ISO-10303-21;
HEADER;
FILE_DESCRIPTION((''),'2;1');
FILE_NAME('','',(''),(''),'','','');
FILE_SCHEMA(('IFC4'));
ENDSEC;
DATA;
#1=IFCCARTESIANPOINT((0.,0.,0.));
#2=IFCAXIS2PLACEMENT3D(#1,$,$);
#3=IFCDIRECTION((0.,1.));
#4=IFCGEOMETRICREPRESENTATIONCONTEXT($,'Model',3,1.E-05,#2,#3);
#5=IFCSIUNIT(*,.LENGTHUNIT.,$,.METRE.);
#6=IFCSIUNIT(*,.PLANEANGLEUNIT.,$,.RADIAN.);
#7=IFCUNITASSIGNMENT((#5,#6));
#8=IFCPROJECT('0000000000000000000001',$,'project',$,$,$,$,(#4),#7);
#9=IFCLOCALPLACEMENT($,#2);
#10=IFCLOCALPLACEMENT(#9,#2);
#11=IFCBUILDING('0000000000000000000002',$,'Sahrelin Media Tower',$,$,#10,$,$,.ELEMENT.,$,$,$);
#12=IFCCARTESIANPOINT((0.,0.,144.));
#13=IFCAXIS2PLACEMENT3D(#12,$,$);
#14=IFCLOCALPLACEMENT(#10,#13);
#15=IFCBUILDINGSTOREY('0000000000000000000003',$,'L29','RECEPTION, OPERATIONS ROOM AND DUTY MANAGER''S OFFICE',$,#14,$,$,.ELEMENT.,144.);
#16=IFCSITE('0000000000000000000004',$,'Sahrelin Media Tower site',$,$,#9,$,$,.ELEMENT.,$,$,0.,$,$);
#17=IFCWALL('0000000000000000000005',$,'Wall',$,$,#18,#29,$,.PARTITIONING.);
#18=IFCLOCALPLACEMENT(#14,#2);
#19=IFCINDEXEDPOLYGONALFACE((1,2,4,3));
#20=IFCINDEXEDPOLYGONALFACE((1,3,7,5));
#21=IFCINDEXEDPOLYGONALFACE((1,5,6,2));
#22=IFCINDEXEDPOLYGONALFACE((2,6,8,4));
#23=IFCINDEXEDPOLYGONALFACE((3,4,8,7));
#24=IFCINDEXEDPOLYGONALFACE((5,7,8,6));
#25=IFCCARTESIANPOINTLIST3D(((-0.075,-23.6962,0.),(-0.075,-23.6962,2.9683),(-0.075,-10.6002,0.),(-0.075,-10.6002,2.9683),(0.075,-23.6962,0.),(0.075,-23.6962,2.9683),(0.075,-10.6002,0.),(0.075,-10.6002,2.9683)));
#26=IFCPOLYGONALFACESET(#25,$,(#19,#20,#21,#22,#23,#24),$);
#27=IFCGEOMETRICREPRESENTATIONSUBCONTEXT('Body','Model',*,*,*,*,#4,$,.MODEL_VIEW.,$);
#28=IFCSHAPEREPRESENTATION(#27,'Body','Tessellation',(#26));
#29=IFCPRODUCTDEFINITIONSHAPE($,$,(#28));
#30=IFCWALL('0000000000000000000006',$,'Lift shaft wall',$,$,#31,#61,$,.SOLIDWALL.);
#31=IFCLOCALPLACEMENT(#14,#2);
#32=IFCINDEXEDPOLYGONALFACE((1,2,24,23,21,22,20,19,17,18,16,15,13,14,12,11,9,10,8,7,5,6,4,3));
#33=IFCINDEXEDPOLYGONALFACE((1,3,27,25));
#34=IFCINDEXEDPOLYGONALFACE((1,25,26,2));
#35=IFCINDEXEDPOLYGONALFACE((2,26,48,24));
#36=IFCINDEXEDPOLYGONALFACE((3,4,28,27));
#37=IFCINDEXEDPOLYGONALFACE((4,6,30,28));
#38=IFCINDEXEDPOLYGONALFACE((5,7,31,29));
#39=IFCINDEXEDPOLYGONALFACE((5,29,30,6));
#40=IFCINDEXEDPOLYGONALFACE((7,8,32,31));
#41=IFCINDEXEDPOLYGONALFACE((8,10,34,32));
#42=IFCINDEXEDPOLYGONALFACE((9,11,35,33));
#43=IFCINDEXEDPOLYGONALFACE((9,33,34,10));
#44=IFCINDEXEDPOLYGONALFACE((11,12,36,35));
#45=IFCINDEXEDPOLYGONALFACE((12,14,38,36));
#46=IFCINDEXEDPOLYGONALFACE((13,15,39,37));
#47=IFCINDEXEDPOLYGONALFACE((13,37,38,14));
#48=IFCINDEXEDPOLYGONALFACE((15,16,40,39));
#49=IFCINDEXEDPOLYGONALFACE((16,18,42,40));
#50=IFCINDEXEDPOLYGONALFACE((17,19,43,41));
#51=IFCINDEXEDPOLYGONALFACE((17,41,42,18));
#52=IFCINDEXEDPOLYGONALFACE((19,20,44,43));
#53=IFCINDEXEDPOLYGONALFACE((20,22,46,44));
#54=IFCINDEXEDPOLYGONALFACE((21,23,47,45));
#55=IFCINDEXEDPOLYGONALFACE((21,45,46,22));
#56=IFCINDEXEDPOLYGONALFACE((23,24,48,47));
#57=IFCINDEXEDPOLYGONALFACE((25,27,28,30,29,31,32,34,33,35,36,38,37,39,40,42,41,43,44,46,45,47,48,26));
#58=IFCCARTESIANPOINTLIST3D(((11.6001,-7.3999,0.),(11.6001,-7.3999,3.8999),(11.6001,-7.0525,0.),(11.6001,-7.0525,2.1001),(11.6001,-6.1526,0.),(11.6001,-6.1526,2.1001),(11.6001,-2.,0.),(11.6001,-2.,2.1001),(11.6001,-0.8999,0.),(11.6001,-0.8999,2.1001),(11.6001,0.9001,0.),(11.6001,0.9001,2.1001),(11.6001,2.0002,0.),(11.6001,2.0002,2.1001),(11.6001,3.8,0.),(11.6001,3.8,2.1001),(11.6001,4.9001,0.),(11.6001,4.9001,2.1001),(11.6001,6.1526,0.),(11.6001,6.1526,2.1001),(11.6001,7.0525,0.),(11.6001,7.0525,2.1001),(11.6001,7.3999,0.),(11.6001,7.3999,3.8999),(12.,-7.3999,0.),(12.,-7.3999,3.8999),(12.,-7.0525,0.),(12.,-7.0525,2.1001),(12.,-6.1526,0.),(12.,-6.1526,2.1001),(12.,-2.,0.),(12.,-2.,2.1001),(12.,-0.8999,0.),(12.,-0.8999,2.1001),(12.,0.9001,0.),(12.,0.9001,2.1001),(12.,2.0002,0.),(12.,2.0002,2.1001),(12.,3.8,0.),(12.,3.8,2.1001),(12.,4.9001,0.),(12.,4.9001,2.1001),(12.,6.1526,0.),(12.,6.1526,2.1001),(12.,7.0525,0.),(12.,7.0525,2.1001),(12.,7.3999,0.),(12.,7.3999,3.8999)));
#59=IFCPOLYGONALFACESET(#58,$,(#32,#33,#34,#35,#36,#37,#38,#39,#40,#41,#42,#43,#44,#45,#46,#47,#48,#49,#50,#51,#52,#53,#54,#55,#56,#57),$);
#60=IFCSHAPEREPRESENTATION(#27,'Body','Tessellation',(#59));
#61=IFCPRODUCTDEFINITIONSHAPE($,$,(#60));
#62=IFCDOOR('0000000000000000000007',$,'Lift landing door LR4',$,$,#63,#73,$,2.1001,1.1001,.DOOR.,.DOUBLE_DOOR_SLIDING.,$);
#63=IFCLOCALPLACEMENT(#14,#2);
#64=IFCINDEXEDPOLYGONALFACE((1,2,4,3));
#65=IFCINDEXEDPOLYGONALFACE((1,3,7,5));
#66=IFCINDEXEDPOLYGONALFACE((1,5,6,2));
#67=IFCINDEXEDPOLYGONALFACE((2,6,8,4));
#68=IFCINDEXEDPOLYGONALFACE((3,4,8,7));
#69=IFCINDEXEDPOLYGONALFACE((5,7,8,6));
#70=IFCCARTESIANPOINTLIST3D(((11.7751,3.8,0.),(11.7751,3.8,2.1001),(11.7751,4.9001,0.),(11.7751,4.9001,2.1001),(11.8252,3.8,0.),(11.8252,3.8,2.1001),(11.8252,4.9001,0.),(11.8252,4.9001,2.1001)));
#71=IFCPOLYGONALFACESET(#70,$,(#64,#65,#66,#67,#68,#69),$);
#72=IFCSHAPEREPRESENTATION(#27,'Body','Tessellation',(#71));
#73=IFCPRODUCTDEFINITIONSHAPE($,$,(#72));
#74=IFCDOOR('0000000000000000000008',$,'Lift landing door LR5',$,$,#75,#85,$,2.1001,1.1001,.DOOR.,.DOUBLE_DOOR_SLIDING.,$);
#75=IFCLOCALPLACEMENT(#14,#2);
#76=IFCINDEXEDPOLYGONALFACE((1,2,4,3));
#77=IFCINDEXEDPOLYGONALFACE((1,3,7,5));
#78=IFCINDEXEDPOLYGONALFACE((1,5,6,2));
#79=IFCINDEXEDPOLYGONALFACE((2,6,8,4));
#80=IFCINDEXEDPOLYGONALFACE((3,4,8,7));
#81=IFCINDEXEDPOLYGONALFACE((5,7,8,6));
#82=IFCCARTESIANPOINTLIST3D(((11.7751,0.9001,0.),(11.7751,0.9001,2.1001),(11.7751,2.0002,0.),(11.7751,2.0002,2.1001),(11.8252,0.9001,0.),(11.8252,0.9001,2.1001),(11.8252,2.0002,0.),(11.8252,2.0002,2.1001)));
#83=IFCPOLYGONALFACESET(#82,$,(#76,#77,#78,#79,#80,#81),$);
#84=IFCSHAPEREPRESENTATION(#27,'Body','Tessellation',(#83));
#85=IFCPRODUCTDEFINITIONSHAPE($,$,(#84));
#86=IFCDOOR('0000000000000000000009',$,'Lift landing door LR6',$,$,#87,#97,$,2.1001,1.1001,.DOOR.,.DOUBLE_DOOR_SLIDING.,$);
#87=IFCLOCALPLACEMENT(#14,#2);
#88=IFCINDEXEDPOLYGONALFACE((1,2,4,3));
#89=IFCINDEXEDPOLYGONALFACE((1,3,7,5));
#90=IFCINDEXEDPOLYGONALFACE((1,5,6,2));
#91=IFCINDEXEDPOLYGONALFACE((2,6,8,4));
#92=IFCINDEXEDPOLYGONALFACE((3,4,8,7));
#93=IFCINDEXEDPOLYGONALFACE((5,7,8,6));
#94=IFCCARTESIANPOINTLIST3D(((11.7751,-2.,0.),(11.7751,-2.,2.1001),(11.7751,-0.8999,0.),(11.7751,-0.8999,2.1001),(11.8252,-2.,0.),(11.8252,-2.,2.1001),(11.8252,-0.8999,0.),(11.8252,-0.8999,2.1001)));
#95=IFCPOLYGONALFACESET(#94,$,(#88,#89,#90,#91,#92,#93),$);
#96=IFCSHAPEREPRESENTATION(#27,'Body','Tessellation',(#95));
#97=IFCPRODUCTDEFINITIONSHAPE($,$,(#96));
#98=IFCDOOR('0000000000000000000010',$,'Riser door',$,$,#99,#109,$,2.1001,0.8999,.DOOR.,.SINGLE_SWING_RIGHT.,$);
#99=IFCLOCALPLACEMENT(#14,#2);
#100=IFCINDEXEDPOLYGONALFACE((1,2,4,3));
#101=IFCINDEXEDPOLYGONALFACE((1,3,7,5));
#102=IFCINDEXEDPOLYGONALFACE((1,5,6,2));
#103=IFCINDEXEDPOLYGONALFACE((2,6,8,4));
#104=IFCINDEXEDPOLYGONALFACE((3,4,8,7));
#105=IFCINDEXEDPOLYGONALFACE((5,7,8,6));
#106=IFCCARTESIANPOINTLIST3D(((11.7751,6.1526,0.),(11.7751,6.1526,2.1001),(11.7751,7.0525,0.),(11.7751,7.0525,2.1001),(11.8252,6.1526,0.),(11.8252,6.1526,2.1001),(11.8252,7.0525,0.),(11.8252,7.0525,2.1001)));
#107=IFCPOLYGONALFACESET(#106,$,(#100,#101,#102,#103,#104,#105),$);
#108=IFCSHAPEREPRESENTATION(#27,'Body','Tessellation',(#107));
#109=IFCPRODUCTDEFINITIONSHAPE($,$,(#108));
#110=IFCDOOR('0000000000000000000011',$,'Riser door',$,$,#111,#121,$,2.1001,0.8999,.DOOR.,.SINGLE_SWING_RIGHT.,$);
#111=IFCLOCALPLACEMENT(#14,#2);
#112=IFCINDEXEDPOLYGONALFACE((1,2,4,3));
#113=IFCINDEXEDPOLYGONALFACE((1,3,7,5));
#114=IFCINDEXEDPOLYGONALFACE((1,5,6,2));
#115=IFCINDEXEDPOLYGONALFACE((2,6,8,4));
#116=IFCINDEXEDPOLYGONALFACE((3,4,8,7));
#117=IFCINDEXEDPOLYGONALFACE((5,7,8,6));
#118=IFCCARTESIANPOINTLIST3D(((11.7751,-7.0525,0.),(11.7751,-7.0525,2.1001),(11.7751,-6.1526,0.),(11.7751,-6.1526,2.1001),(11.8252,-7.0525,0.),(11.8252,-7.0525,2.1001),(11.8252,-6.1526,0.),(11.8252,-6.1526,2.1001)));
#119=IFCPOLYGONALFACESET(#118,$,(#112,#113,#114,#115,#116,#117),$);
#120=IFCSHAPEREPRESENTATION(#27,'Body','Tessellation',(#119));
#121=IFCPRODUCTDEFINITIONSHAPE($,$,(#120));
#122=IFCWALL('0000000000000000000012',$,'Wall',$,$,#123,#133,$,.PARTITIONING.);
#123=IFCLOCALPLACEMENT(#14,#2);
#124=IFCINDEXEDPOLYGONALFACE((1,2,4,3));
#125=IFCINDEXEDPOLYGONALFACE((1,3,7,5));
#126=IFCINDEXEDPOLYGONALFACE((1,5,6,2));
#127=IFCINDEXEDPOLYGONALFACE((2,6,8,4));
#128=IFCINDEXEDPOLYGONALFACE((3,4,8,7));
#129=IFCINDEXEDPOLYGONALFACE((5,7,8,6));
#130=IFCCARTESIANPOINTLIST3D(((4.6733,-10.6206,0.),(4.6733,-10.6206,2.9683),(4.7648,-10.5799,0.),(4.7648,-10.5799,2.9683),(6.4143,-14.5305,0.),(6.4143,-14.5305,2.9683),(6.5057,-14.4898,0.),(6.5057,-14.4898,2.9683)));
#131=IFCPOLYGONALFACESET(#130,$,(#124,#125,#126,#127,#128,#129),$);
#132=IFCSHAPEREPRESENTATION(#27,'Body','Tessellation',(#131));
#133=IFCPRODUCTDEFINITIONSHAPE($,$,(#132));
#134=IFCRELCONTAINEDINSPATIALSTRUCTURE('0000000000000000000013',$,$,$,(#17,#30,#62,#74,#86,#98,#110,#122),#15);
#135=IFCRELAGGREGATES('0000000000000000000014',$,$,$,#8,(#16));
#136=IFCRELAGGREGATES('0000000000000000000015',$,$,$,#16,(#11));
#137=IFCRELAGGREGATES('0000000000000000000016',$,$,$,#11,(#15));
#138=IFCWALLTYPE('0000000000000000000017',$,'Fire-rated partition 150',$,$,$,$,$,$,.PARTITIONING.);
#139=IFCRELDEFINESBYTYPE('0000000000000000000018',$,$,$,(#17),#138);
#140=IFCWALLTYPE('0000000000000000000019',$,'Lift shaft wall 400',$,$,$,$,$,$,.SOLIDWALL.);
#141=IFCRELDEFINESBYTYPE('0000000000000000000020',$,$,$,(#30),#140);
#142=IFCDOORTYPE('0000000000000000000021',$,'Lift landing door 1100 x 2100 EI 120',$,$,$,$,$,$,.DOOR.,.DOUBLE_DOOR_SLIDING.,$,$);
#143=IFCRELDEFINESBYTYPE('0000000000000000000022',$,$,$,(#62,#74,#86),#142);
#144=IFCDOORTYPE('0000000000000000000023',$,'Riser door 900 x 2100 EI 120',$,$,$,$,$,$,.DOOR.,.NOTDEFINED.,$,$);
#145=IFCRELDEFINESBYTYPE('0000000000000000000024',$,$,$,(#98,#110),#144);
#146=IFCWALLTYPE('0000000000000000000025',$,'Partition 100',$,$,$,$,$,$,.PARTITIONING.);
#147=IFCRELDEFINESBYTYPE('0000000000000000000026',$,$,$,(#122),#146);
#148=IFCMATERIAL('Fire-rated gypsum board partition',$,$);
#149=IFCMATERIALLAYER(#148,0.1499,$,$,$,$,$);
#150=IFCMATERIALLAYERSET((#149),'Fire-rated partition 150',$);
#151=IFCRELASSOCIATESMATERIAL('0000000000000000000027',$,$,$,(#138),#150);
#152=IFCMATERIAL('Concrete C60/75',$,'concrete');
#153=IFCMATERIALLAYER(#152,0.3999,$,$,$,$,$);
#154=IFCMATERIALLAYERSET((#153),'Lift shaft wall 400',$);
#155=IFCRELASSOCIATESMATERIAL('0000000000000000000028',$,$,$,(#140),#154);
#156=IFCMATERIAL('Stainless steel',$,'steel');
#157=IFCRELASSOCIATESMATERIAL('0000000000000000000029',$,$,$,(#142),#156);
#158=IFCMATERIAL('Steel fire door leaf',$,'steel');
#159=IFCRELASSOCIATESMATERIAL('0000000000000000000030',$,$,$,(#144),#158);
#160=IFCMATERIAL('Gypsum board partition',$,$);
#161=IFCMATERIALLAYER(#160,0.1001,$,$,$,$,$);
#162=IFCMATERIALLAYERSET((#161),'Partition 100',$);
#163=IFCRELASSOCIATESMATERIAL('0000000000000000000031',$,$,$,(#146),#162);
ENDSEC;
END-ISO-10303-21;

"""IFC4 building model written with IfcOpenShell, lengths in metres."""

from ifc_helpers import new_model, si_unit, direction, frame, frame_2d, origin, place, context, subcontext, project, spatial, rectangle, extrude, material, layer, layer_set, type_object, element, fill, save


model = new_model("IFC4")

# Units and contexts
model_context = context("Model", 3, precision=1e-05, world=origin(), true_north=direction((0.0, 1.0)))
body_context = subcontext(model_context, "Body", "Model", "MODEL_VIEW")
ifc_project = project(units=[si_unit("LENGTHUNIT", "METRE"), si_unit("PLANEANGLEUNIT", "RADIAN")], contexts=[model_context])

# Site, building, storey
site_placement = place(None, origin())
site = spatial("IfcSite", under=ifc_project, at=site_placement, Name="Sahrelin Media Tower site", CompositionType="ELEMENT", RefElevation=0.0)
building_placement = place(site_placement, origin())
building = spatial("IfcBuilding", under=site, at=building_placement, Name="Sahrelin Media Tower", CompositionType="ELEMENT")
storey_placement = place(building_placement, frame((0.0, 0.0, 144.0)))
storey = spatial("IfcBuildingStorey", under=building, at=storey_placement, Name="L29", Description="RECEPTION, OPERATIONS ROOM AND DUTY MANAGER'S OFFICE", CompositionType="ELEMENT", Elevation=144.0)

# Wall
ifc_material_1 = material(Name="Fire-rated gypsum board partition")
ifc_layer_1 = layer(ifc_material_1, 0.1499)
ifc_layer_set_1 = layer_set([ifc_layer_1], Name="Fire-rated partition 150")
wall_type_1 = type_object("IfcWallType", Name="Fire-rated partition 150", PredefinedType="PARTITIONING", material=ifc_layer_set_1)
wall_1_placement = place(storey_placement, frame((0.0, -23.696, 0.0), z_axis=(0.0, 0.0, 1.0), x_axis=(0.0, 1.0, 0.0)))
element("IfcWall", 1, at=wall_1_placement, inside=storey, type_object=wall_type_1, Name="Wall", PredefinedType="PARTITIONING", context=body_context, shape_type="SweptSolid", body=[
    extrude(rectangle(XDim=13.0959, YDim=0.1499, at=frame_2d((6.5479, 0.0))), origin(), (0.0, 0.0, 1.0), 2.9683),
])

# Wall, openings, doors
ifc_material_2 = material(Name="Concrete C60/75", Category="concrete")
ifc_layer_2 = layer(ifc_material_2, 0.3999)
ifc_layer_set_2 = layer_set([ifc_layer_2], Name="Lift shaft wall 400")
wall_type_2 = type_object("IfcWallType", Name="Lift shaft wall 400", PredefinedType="SOLIDWALL", material=ifc_layer_set_2)
wall_2_placement = place(storey_placement, frame((11.8, -7.3999, 0.0), z_axis=(0.0, 0.0, 1.0), x_axis=(0.0, 1.0, 0.0)))
wall_2 = element("IfcWall", 2, at=wall_2_placement, inside=storey, type_object=wall_type_2, Name="Lift shaft wall", PredefinedType="SOLIDWALL", context=body_context, shape_type="SweptSolid", body=[
    extrude(rectangle(XDim=14.7998, YDim=0.3999, at=frame_2d((7.3999, 0.0))), origin(), (0.0, 0.0, 1.0), 3.8999),
])
opening_1_placement = place(wall_2_placement, frame((11.2, 0.0, 0.0)))
opening_1 = element("IfcOpeningElement", 3, at=opening_1_placement, cuts=wall_2, PredefinedType="OPENING", context=body_context, shape_type="SweptSolid", body=[
    extrude(rectangle(XDim=1.1001, YDim=2.1001, at=frame_2d((0.55, 1.05))), frame((0.0, 0.2, 0.0), z_axis=(0.0, -1.0, 0.0), x_axis=(1.0, 0.0, 0.0)), (0.0, 0.0, 1.0), 0.3999),
])
opening_2_placement = place(wall_2_placement, frame((8.3, 0.0, 0.0)))
opening_2 = element("IfcOpeningElement", 4, at=opening_2_placement, cuts=wall_2, PredefinedType="OPENING", context=body_context, shape_type="SweptSolid", body=[
    extrude(rectangle(XDim=1.1001, YDim=2.1001, at=frame_2d((0.55, 1.05))), frame((0.0, 0.2, 0.0), z_axis=(0.0, -1.0, 0.0), x_axis=(1.0, 0.0, 0.0)), (0.0, 0.0, 1.0), 0.3999),
])
opening_3_placement = place(wall_2_placement, frame((5.3999, 0.0, 0.0)))
opening_3 = element("IfcOpeningElement", 5, at=opening_3_placement, cuts=wall_2, PredefinedType="OPENING", context=body_context, shape_type="SweptSolid", body=[
    extrude(rectangle(XDim=1.1001, YDim=2.1001, at=frame_2d((0.55, 1.05))), frame((0.0, 0.2, 0.0), z_axis=(0.0, -1.0, 0.0), x_axis=(1.0, 0.0, 0.0)), (0.0, 0.0, 1.0), 0.3999),
])
opening_4_placement = place(wall_2_placement, frame((13.5525, 0.0, 0.0)))
opening_4 = element("IfcOpeningElement", 6, at=opening_4_placement, cuts=wall_2, PredefinedType="OPENING", context=body_context, shape_type="SweptSolid", body=[
    extrude(rectangle(XDim=0.8999, YDim=2.1001, at=frame_2d((0.45, 1.05))), frame((0.0, 0.2, 0.0), z_axis=(0.0, -1.0, 0.0), x_axis=(1.0, 0.0, 0.0)), (0.0, 0.0, 1.0), 0.3999),
])
opening_5_placement = place(wall_2_placement, frame((0.3474, 0.0, 0.0)))
opening_5 = element("IfcOpeningElement", 7, at=opening_5_placement, cuts=wall_2, PredefinedType="OPENING", context=body_context, shape_type="SweptSolid", body=[
    extrude(rectangle(XDim=0.8999, YDim=2.1001, at=frame_2d((0.45, 1.05))), frame((0.0, 0.2, 0.0), z_axis=(0.0, -1.0, 0.0), x_axis=(1.0, 0.0, 0.0)), (0.0, 0.0, 1.0), 0.3999),
])
ifc_material_3 = material(Name="Stainless steel", Category="steel")
door_type_1 = type_object("IfcDoorType", Name="Lift landing door 1100 x 2100 EI 120", OperationType="DOUBLE_DOOR_SLIDING", PredefinedType="DOOR", material=ifc_material_3)
door_1_placement = place(opening_1_placement, origin())
door_1 = element("IfcDoor", 8, at=door_1_placement, inside=storey, type_object=door_type_1, Name="Lift landing door LR4", OperationType="DOUBLE_DOOR_SLIDING", OverallHeight=2.1001, OverallWidth=1.1001, PredefinedType="DOOR", context=body_context, shape_type="SweptSolid", body=[
    extrude(rectangle(XDim=1.1001, YDim=2.1001, at=frame_2d((0.55, 1.05))), frame((0.0, 0.0249, 0.0), z_axis=(0.0, -1.0, 0.0), x_axis=(1.0, 0.0, 0.0)), (0.0, 0.0, 1.0), 0.05),
])
fill(opening_1, door_1)
door_2_placement = place(opening_2_placement, origin())
door_2 = element("IfcDoor", 9, at=door_2_placement, inside=storey, type_object=door_type_1, Name="Lift landing door LR5", OperationType="DOUBLE_DOOR_SLIDING", OverallHeight=2.1001, OverallWidth=1.1001, PredefinedType="DOOR", context=body_context, shape_type="SweptSolid", body=[
    extrude(rectangle(XDim=1.1001, YDim=2.1001, at=frame_2d((0.55, 1.05))), frame((0.0, 0.0249, 0.0), z_axis=(0.0, -1.0, 0.0), x_axis=(1.0, 0.0, 0.0)), (0.0, 0.0, 1.0), 0.05),
])
fill(opening_2, door_2)
door_3_placement = place(opening_3_placement, origin())
door_3 = element("IfcDoor", 10, at=door_3_placement, inside=storey, type_object=door_type_1, Name="Lift landing door LR6", OperationType="DOUBLE_DOOR_SLIDING", OverallHeight=2.1001, OverallWidth=1.1001, PredefinedType="DOOR", context=body_context, shape_type="SweptSolid", body=[
    extrude(rectangle(XDim=1.1001, YDim=2.1001, at=frame_2d((0.55, 1.05))), frame((0.0, 0.0249, 0.0), z_axis=(0.0, -1.0, 0.0), x_axis=(1.0, 0.0, 0.0)), (0.0, 0.0, 1.0), 0.05),
])
fill(opening_3, door_3)
ifc_material_4 = material(Name="Steel fire door leaf", Category="steel")
door_type_2 = type_object("IfcDoorType", Name="Riser door 900 x 2100 EI 120", OperationType="NOTDEFINED", PredefinedType="DOOR", material=ifc_material_4)
door_4_placement = place(opening_4_placement, origin())
door_4 = element("IfcDoor", 11, at=door_4_placement, inside=storey, type_object=door_type_2, Name="Riser door", OperationType="SINGLE_SWING_RIGHT", OverallHeight=2.1001, OverallWidth=0.8999, PredefinedType="DOOR", context=body_context, shape_type="SweptSolid", body=[
    extrude(rectangle(XDim=0.8999, YDim=2.1001, at=frame_2d((0.45, 1.05))), frame((0.0, 0.0249, 0.0), z_axis=(0.0, -1.0, 0.0), x_axis=(1.0, 0.0, 0.0)), (0.0, 0.0, 1.0), 0.05),
])
fill(opening_4, door_4)
door_5_placement = place(opening_5_placement, origin())
door_5 = element("IfcDoor", 12, at=door_5_placement, inside=storey, type_object=door_type_2, Name="Riser door", OperationType="SINGLE_SWING_RIGHT", OverallHeight=2.1001, OverallWidth=0.8999, PredefinedType="DOOR", context=body_context, shape_type="SweptSolid", body=[
    extrude(rectangle(XDim=0.8999, YDim=2.1001, at=frame_2d((0.45, 1.05))), frame((0.0, 0.0249, 0.0), z_axis=(0.0, -1.0, 0.0), x_axis=(1.0, 0.0, 0.0)), (0.0, 0.0, 1.0), 0.05),
])
fill(opening_5, door_5)

# Wall
ifc_material_5 = material(Name="Gypsum board partition")
ifc_layer_3 = layer(ifc_material_5, 0.1001)
ifc_layer_set_3 = layer_set([ifc_layer_3], Name="Partition 100")
wall_type_3 = type_object("IfcWallType", Name="Partition 100", PredefinedType="PARTITIONING", material=ifc_layer_set_3)
wall_3_placement = place(storey_placement, frame((4.719, -10.6001, 0.0), z_axis=(0.0, 0.0, 1.0), x_axis=(0.406768, -0.913531, 0.0)))
element("IfcWall", 13, at=wall_3_placement, inside=storey, type_object=wall_type_3, Name="Wall", PredefinedType="PARTITIONING", context=body_context, shape_type="SweptSolid", body=[
    extrude(rectangle(XDim=4.28, YDim=0.1001, at=frame_2d((2.1401, 0.0))), origin(), (0.0, 0.0, 1.0), 2.9683),
])

save(model, "model.ifc")
